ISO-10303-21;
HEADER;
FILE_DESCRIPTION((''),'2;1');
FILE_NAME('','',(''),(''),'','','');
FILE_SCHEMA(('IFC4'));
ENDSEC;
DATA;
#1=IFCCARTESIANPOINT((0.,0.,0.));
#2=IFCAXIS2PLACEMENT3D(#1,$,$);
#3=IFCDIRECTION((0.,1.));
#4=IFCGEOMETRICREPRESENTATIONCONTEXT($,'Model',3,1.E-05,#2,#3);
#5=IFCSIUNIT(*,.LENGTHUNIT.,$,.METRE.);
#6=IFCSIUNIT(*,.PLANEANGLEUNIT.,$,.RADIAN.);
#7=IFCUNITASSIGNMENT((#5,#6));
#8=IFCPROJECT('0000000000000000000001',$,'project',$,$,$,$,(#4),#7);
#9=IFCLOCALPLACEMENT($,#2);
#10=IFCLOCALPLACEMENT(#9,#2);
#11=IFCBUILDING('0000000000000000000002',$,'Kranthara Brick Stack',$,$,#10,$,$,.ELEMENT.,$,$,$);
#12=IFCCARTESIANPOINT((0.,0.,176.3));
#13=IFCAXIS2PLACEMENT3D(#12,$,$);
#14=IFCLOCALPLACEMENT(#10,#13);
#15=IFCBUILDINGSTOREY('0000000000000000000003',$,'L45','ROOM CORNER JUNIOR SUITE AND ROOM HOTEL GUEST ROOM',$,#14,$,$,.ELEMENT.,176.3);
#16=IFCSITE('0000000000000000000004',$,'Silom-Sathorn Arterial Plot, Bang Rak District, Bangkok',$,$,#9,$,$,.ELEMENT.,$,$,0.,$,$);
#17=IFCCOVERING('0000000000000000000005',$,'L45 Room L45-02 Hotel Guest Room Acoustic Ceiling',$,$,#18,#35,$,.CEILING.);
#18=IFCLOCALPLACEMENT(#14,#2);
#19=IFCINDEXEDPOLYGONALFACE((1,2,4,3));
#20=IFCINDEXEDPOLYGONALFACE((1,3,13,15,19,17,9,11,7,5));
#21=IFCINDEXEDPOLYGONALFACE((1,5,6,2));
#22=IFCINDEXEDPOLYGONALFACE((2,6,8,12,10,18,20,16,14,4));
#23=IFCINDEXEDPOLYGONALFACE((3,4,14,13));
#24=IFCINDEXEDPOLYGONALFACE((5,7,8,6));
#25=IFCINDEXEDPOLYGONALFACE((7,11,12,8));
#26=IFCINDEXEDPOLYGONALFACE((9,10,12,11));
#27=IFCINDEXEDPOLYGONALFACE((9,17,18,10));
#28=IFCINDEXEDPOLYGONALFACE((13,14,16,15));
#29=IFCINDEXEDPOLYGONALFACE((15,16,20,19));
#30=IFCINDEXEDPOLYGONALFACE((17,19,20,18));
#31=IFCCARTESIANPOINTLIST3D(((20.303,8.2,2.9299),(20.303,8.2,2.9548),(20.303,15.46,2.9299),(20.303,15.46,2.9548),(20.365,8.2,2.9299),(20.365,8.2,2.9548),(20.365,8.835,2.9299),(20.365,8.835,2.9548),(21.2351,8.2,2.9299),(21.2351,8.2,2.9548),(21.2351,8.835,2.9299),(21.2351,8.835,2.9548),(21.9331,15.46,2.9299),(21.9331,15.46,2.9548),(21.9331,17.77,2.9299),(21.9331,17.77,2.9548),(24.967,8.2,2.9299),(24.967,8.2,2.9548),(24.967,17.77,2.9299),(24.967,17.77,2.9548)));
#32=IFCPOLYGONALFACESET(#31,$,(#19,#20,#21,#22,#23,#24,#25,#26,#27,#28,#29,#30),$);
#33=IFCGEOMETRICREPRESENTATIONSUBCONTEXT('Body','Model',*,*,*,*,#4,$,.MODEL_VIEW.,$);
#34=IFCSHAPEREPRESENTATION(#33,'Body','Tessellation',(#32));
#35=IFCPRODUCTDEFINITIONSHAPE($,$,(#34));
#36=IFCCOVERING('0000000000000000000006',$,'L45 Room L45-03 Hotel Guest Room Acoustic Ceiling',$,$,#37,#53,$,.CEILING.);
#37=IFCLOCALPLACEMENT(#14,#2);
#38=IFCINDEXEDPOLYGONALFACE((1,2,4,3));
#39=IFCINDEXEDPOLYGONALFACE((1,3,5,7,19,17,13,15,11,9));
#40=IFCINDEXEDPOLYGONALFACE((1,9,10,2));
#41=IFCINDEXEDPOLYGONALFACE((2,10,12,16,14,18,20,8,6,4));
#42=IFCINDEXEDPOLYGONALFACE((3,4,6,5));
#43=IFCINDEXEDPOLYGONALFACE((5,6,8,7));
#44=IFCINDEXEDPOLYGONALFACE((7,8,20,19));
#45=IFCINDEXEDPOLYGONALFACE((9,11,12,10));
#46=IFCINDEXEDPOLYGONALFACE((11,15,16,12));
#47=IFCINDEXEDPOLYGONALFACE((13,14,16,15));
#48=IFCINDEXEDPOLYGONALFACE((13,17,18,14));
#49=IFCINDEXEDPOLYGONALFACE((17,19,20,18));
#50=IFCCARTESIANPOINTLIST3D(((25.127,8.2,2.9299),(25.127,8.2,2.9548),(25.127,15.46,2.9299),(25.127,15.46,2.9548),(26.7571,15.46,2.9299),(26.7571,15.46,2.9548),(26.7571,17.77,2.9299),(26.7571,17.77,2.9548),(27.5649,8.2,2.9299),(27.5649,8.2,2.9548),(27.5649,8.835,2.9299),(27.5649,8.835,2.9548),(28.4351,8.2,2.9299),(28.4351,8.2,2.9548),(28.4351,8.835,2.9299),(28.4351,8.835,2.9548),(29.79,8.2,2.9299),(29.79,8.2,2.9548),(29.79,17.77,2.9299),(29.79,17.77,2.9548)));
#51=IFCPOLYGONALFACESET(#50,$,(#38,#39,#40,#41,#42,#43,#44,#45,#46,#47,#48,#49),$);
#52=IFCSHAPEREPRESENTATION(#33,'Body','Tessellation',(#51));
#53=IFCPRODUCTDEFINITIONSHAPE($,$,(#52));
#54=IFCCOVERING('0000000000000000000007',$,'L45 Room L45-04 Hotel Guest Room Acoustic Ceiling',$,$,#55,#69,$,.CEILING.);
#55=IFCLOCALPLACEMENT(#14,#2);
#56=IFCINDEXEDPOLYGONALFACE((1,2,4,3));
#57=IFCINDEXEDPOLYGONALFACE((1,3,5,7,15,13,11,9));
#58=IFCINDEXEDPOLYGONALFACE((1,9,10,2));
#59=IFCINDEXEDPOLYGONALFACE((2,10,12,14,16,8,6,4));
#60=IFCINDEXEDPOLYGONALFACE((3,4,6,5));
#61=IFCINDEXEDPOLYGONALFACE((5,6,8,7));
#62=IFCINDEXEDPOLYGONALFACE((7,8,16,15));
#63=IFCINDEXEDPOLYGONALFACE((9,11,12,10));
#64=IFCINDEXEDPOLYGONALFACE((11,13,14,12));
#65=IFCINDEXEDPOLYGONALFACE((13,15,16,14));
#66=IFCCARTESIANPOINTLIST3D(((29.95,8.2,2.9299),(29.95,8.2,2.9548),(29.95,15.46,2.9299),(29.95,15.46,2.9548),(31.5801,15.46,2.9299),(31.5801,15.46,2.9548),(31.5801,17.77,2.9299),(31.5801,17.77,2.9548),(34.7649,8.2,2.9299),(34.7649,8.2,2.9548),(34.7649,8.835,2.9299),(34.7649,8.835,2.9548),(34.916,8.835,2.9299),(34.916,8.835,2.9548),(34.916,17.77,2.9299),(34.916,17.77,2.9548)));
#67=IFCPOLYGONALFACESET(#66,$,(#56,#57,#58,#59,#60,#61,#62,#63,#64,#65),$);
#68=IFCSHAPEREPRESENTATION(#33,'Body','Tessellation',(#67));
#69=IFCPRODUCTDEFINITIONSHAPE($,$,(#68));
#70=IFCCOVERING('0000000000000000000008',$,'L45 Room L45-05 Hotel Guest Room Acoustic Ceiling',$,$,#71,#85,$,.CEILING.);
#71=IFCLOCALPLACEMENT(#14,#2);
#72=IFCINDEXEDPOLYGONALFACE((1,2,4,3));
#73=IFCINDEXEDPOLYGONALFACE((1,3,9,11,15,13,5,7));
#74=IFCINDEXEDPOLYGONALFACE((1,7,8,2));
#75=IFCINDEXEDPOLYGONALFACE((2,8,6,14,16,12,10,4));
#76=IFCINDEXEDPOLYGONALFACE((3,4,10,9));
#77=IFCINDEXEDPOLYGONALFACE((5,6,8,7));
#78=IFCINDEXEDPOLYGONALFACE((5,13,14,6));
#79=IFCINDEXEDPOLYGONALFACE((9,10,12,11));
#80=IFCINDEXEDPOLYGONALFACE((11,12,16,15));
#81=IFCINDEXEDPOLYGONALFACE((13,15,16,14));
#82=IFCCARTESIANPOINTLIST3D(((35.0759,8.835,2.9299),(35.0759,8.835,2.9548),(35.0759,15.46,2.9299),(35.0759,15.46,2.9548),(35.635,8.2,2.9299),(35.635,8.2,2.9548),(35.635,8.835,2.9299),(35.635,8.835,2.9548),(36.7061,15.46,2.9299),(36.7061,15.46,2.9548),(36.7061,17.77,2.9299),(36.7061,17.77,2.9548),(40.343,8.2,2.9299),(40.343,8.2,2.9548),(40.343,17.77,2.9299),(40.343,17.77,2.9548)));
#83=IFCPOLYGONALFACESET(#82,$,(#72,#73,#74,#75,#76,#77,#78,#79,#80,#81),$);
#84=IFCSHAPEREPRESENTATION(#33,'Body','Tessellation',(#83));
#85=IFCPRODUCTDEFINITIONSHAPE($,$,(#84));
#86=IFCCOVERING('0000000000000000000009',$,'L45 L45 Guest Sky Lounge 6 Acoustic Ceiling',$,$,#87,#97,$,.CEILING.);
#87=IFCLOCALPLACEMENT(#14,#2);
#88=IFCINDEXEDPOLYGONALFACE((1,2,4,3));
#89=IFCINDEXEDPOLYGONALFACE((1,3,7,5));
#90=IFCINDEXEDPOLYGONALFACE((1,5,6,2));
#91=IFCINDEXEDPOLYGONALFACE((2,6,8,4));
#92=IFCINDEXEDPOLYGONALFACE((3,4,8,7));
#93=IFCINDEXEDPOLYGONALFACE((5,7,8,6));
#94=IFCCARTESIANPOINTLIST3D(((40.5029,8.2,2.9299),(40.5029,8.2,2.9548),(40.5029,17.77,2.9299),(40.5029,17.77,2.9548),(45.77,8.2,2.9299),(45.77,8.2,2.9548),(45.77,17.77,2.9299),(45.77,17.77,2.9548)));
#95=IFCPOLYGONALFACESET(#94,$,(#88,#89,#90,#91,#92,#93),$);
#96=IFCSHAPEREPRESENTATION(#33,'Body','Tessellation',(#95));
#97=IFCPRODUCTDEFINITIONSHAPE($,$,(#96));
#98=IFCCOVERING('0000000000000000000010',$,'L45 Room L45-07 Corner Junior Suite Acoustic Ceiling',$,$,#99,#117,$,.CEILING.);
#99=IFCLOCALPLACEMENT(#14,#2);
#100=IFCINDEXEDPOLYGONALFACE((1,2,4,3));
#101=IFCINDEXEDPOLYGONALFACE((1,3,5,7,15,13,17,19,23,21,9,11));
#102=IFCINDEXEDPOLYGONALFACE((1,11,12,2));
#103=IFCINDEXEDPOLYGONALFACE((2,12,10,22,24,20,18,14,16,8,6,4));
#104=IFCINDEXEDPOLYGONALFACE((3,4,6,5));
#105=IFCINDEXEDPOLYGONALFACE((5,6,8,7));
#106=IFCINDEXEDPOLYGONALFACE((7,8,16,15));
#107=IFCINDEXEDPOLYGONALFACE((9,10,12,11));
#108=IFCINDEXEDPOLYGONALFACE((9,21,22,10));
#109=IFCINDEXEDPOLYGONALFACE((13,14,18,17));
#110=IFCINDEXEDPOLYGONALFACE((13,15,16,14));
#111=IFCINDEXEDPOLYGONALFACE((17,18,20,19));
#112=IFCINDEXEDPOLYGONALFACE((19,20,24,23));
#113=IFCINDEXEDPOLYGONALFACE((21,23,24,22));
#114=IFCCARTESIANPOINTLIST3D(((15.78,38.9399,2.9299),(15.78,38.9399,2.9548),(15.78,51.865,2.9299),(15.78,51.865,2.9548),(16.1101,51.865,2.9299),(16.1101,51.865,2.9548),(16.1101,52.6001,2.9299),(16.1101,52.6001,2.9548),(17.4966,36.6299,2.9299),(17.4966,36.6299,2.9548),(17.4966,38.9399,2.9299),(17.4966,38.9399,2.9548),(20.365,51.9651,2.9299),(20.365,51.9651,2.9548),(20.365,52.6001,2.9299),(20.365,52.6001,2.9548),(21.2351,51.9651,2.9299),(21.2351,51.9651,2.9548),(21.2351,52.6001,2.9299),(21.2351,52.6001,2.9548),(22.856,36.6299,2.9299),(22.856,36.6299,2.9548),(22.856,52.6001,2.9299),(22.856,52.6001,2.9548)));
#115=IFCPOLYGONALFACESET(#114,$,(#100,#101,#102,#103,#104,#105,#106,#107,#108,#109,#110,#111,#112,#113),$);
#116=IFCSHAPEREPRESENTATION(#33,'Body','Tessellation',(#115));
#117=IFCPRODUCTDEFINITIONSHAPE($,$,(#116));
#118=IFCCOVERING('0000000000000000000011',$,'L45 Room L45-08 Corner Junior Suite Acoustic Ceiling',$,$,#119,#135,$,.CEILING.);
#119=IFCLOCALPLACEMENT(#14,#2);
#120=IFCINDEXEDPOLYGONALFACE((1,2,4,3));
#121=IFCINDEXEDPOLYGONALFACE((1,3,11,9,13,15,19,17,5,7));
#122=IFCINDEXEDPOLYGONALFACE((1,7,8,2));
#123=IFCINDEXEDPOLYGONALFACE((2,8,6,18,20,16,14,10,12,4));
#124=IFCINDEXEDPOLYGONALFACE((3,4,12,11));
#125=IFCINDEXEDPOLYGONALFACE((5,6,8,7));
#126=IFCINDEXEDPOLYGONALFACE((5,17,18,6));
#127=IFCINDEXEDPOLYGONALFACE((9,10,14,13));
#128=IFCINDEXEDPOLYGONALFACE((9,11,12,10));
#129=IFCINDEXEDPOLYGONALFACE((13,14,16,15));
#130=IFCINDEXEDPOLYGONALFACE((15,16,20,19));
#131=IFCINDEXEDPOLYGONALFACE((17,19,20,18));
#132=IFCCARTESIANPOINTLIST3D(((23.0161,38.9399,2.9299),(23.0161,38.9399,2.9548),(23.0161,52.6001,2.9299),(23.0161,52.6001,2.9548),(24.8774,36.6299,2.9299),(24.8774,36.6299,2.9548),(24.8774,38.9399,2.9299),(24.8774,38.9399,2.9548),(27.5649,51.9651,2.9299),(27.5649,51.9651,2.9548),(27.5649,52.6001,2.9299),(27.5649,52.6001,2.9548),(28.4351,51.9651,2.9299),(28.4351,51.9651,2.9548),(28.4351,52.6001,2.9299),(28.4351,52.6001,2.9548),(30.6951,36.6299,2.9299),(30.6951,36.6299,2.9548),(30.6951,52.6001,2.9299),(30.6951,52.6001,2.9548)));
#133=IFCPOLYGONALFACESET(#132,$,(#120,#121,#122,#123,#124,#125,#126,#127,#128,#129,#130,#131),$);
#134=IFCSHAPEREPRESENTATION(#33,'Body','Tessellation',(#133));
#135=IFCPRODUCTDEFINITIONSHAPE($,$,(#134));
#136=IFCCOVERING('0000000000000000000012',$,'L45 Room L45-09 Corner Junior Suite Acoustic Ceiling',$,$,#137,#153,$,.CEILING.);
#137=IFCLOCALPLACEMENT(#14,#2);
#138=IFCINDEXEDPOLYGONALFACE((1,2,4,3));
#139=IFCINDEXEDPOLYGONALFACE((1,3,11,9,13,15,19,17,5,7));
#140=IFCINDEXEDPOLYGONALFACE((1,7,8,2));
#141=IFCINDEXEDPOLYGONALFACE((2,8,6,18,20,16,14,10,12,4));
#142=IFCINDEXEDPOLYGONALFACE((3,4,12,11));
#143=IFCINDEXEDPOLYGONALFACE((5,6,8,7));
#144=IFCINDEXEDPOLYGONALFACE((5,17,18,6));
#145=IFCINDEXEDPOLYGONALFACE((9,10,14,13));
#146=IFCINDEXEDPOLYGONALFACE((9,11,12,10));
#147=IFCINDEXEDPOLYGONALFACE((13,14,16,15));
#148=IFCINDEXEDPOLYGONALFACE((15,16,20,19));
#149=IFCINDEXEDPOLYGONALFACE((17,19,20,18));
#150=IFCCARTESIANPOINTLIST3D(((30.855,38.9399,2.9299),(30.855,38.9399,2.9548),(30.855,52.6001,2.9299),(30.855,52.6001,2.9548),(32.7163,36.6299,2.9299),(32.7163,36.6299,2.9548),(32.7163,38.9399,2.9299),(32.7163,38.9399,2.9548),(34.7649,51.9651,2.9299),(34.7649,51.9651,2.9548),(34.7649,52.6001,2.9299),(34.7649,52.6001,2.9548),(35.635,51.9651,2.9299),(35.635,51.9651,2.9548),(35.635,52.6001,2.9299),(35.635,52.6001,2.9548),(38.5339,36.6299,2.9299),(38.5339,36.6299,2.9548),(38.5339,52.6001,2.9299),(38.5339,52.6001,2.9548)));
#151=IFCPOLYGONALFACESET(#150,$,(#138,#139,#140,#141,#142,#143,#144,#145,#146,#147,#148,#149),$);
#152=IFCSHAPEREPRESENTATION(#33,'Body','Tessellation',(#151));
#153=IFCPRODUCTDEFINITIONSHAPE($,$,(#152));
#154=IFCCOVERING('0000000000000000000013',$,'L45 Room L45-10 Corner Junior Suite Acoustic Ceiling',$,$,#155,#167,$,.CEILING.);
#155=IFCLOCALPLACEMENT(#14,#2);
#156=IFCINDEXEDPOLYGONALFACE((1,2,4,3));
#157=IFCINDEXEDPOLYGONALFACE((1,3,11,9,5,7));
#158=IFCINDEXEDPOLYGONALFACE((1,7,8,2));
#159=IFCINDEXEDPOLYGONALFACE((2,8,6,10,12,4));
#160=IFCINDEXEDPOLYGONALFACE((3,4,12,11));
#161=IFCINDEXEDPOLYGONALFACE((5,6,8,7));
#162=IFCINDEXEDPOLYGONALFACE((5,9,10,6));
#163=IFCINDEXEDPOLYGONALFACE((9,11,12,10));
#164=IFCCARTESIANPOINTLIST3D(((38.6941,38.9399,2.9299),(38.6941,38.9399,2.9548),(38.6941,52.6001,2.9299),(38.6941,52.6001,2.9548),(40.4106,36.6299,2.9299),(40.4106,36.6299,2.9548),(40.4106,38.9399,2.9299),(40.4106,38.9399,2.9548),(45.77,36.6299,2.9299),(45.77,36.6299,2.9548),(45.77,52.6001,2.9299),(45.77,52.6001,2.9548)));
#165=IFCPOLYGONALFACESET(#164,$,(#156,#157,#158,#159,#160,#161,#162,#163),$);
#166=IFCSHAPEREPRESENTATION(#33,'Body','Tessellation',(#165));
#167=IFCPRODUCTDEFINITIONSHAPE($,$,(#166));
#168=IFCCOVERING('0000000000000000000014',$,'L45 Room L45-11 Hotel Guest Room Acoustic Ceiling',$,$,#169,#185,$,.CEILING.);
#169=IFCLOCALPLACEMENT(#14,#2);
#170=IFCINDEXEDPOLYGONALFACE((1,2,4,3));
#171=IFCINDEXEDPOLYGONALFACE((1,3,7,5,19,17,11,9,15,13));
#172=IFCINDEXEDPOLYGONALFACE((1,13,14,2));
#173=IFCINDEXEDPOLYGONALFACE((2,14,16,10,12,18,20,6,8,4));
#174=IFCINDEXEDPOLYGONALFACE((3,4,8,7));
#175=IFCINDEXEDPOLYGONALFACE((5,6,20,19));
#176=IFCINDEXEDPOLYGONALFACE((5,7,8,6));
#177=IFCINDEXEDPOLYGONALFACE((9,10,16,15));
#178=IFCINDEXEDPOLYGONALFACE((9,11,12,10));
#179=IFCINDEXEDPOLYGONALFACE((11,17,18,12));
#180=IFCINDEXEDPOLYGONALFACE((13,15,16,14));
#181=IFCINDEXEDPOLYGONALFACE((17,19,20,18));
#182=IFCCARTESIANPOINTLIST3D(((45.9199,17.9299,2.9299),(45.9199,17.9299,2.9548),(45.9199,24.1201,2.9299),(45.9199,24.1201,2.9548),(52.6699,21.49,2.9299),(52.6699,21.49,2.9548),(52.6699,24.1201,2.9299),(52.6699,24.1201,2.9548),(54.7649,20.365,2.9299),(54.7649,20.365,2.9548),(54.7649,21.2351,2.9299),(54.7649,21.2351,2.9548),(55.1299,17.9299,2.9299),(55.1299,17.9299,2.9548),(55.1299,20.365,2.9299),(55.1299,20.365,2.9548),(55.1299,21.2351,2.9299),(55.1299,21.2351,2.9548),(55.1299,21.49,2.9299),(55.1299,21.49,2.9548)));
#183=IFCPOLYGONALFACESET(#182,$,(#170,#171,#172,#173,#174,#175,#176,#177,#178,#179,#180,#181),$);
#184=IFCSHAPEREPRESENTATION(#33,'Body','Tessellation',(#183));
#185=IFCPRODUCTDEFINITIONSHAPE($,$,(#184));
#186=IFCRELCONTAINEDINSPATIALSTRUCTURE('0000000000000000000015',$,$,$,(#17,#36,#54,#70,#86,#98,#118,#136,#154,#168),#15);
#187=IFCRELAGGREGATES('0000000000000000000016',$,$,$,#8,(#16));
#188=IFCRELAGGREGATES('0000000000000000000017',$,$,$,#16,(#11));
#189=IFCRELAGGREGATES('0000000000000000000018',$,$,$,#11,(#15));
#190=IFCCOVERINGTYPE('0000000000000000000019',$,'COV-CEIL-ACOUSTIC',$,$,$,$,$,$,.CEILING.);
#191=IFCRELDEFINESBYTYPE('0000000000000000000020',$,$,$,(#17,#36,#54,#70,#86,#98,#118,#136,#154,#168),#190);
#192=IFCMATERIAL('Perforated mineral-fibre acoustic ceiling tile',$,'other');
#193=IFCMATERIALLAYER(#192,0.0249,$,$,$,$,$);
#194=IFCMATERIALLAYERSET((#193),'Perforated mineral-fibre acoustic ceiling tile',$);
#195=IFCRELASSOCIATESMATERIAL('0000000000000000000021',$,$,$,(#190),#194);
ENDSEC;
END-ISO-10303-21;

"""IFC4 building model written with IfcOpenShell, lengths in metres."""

from ifc_helpers import new_model, si_unit, direction, frame, origin, place, context, subcontext, project, spatial, polyline, outline, extrude, material, layer, layer_set, type_object, element, save


model = new_model("IFC4")

# Units and contexts
model_context = context("Model", 3, precision=1e-05, world=origin(), true_north=direction((0.0, 1.0)))
body_context = subcontext(model_context, "Body", "Model", "MODEL_VIEW")
ifc_project = project(units=[si_unit("LENGTHUNIT", "METRE"), si_unit("PLANEANGLEUNIT", "RADIAN")], contexts=[model_context])

# Site, building, storey
site_placement = place(None, origin())
site = spatial("IfcSite", under=ifc_project, at=site_placement, Name="Silom-Sathorn Arterial Plot, Bang Rak District, Bangkok", CompositionType="ELEMENT", RefElevation=0.0)
building_placement = place(site_placement, origin())
building = spatial("IfcBuilding", under=site, at=building_placement, Name="Kranthara Brick Stack", CompositionType="ELEMENT")
storey_placement = place(building_placement, frame((0.0, 0.0, 176.3)))
storey = spatial("IfcBuildingStorey", under=building, at=storey_placement, Name="L45", Description="ROOM CORNER JUNIOR SUITE AND ROOM HOTEL GUEST ROOM", CompositionType="ELEMENT", Elevation=176.3)

# Coverings
ifc_material_1 = material(Name="Perforated mineral-fibre acoustic ceiling tile", Category="other")
ifc_layer_1 = layer(ifc_material_1, 0.0249)
ifc_layer_set_1 = layer_set([ifc_layer_1], Name="Perforated mineral-fibre acoustic ceiling tile")
covering_type_1 = type_object("IfcCoveringType", Name="COV-CEIL-ACOUSTIC", PredefinedType="CEILING", material=ifc_layer_set_1)
covering_1_placement = place(storey_placement, frame((0.0, 0.0, 2.9299)))
element("IfcCovering", 1, at=covering_1_placement, inside=storey, type_object=covering_type_1, Name="L45 Room L45-02 Hotel Guest Room Acoustic Ceiling", PredefinedType="CEILING", context=body_context, shape_type="SweptSolid", body=[
    extrude(outline(polyline([(20.303, 8.2), (20.303, 15.46), (21.9331, 15.46), (21.9331, 17.77), (24.967, 17.77), (24.967, 8.2), (21.2351, 8.2), (21.2351, 8.835), (20.365, 8.835), (20.365, 8.2), (20.303, 8.2)])), origin(), (0.0, 0.0, 1.0), 0.0249),
])
covering_2_placement = place(storey_placement, frame((0.0, 0.0, 2.9299)))
element("IfcCovering", 2, at=covering_2_placement, inside=storey, type_object=covering_type_1, Name="L45 Room L45-03 Hotel Guest Room Acoustic Ceiling", PredefinedType="CEILING", context=body_context, shape_type="SweptSolid", body=[
    extrude(outline(polyline([(25.127, 8.2), (25.127, 15.46), (26.7571, 15.46), (26.7571, 17.77), (29.79, 17.77), (29.79, 8.2), (28.4351, 8.2), (28.4351, 8.835), (27.5649, 8.835), (27.5649, 8.2), (25.127, 8.2)])), origin(), (0.0, 0.0, 1.0), 0.0249),
])
covering_3_placement = place(storey_placement, frame((0.0, 0.0, 2.9299)))
element("IfcCovering", 3, at=covering_3_placement, inside=storey, type_object=covering_type_1, Name="L45 Room L45-04 Hotel Guest Room Acoustic Ceiling", PredefinedType="CEILING", context=body_context, shape_type="SweptSolid", body=[
    extrude(outline(polyline([(29.95, 8.2), (29.95, 15.46), (31.5801, 15.46), (31.5801, 17.77), (34.916, 17.77), (34.916, 8.835), (34.7649, 8.835), (34.7649, 8.2), (29.95, 8.2)])), origin(), (0.0, 0.0, 1.0), 0.0249),
])
covering_4_placement = place(storey_placement, frame((0.0, 0.0, 2.9299)))
element("IfcCovering", 4, at=covering_4_placement, inside=storey, type_object=covering_type_1, Name="L45 Room L45-05 Hotel Guest Room Acoustic Ceiling", PredefinedType="CEILING", context=body_context, shape_type="SweptSolid", body=[
    extrude(outline(polyline([(35.0759, 15.46), (36.7061, 15.46), (36.7061, 17.77), (40.343, 17.77), (40.343, 8.2), (35.635, 8.2), (35.635, 8.835), (35.0759, 8.835), (35.0759, 15.46)])), origin(), (0.0, 0.0, 1.0), 0.0249),
])
covering_5_placement = place(storey_placement, frame((0.0, 0.0, 2.9299)))
element("IfcCovering", 5, at=covering_5_placement, inside=storey, type_object=covering_type_1, Name="L45 L45 Guest Sky Lounge 6 Acoustic Ceiling", PredefinedType="CEILING", context=body_context, shape_type="SweptSolid", body=[
    extrude(outline(polyline([(45.77, 8.2), (45.77, 17.77), (40.5029, 17.77), (40.5029, 8.2), (45.77, 8.2)])), origin(), (0.0, 0.0, 1.0), 0.0249),
])
covering_6_placement = place(storey_placement, frame((0.0, 0.0, 2.9299)))
element("IfcCovering", 6, at=covering_6_placement, inside=storey, type_object=covering_type_1, Name="L45 Room L45-07 Corner Junior Suite Acoustic Ceiling", PredefinedType="CEILING", context=body_context, shape_type="SweptSolid", body=[
    extrude(outline(polyline([(22.856, 36.6299), (17.4966, 36.6299), (17.4966, 38.9399), (15.78, 38.9399), (15.78, 51.865), (16.1101, 51.865), (16.1101, 52.6001), (20.365, 52.6001), (20.365, 51.9651), (21.2351, 51.9651), (21.2351, 52.6001), (22.856, 52.6001), (22.856, 36.6299)])), origin(), (0.0, 0.0, 1.0), 0.0249),
])
covering_7_placement = place(storey_placement, frame((0.0, 0.0, 2.9299)))
element("IfcCovering", 7, at=covering_7_placement, inside=storey, type_object=covering_type_1, Name="L45 Room L45-08 Corner Junior Suite Acoustic Ceiling", PredefinedType="CEILING", context=body_context, shape_type="SweptSolid", body=[
    extrude(outline(polyline([(30.6951, 52.6001), (30.6951, 36.6299), (24.8774, 36.6299), (24.8774, 38.9399), (23.0161, 38.9399), (23.0161, 52.6001), (27.5649, 52.6001), (27.5649, 51.9651), (28.4351, 51.9651), (28.4351, 52.6001), (30.6951, 52.6001)])), origin(), (0.0, 0.0, 1.0), 0.0249),
])
covering_8_placement = place(storey_placement, frame((0.0, 0.0, 2.9299)))
element("IfcCovering", 8, at=covering_8_placement, inside=storey, type_object=covering_type_1, Name="L45 Room L45-09 Corner Junior Suite Acoustic Ceiling", PredefinedType="CEILING", context=body_context, shape_type="SweptSolid", body=[
    extrude(outline(polyline([(38.5339, 52.6001), (38.5339, 36.6299), (32.7163, 36.6299), (32.7163, 38.9399), (30.855, 38.9399), (30.855, 52.6001), (34.7649, 52.6001), (34.7649, 51.9651), (35.635, 51.9651), (35.635, 52.6001), (38.5339, 52.6001)])), origin(), (0.0, 0.0, 1.0), 0.0249),
])
covering_9_placement = place(storey_placement, frame((0.0, 0.0, 2.9299)))
element("IfcCovering", 9, at=covering_9_placement, inside=storey, type_object=covering_type_1, Name="L45 Room L45-10 Corner Junior Suite Acoustic Ceiling", PredefinedType="CEILING", context=body_context, shape_type="SweptSolid", body=[
    extrude(outline(polyline([(40.4106, 36.6299), (45.77, 36.6299), (45.77, 52.6001), (38.6941, 52.6001), (38.6941, 38.9399), (40.4106, 38.9399), (40.4106, 36.6299)])), origin(), (0.0, 0.0, 1.0), 0.0249),
])
covering_10_placement = place(storey_placement, frame((0.0, 0.0, 2.9299)))
element("IfcCovering", 10, at=covering_10_placement, inside=storey, type_object=covering_type_1, Name="L45 Room L45-11 Hotel Guest Room Acoustic Ceiling", PredefinedType="CEILING", context=body_context, shape_type="SweptSolid", body=[
    extrude(outline(polyline([(55.1299, 17.9299), (45.9199, 17.9299), (45.9199, 24.1201), (52.6699, 24.1201), (52.6699, 21.49), (55.1299, 21.49), (55.1299, 21.2351), (54.7649, 21.2351), (54.7649, 20.365), (55.1299, 20.365), (55.1299, 17.9299)])), origin(), (0.0, 0.0, 1.0), 0.0249),
])

save(model, "model.ifc")
